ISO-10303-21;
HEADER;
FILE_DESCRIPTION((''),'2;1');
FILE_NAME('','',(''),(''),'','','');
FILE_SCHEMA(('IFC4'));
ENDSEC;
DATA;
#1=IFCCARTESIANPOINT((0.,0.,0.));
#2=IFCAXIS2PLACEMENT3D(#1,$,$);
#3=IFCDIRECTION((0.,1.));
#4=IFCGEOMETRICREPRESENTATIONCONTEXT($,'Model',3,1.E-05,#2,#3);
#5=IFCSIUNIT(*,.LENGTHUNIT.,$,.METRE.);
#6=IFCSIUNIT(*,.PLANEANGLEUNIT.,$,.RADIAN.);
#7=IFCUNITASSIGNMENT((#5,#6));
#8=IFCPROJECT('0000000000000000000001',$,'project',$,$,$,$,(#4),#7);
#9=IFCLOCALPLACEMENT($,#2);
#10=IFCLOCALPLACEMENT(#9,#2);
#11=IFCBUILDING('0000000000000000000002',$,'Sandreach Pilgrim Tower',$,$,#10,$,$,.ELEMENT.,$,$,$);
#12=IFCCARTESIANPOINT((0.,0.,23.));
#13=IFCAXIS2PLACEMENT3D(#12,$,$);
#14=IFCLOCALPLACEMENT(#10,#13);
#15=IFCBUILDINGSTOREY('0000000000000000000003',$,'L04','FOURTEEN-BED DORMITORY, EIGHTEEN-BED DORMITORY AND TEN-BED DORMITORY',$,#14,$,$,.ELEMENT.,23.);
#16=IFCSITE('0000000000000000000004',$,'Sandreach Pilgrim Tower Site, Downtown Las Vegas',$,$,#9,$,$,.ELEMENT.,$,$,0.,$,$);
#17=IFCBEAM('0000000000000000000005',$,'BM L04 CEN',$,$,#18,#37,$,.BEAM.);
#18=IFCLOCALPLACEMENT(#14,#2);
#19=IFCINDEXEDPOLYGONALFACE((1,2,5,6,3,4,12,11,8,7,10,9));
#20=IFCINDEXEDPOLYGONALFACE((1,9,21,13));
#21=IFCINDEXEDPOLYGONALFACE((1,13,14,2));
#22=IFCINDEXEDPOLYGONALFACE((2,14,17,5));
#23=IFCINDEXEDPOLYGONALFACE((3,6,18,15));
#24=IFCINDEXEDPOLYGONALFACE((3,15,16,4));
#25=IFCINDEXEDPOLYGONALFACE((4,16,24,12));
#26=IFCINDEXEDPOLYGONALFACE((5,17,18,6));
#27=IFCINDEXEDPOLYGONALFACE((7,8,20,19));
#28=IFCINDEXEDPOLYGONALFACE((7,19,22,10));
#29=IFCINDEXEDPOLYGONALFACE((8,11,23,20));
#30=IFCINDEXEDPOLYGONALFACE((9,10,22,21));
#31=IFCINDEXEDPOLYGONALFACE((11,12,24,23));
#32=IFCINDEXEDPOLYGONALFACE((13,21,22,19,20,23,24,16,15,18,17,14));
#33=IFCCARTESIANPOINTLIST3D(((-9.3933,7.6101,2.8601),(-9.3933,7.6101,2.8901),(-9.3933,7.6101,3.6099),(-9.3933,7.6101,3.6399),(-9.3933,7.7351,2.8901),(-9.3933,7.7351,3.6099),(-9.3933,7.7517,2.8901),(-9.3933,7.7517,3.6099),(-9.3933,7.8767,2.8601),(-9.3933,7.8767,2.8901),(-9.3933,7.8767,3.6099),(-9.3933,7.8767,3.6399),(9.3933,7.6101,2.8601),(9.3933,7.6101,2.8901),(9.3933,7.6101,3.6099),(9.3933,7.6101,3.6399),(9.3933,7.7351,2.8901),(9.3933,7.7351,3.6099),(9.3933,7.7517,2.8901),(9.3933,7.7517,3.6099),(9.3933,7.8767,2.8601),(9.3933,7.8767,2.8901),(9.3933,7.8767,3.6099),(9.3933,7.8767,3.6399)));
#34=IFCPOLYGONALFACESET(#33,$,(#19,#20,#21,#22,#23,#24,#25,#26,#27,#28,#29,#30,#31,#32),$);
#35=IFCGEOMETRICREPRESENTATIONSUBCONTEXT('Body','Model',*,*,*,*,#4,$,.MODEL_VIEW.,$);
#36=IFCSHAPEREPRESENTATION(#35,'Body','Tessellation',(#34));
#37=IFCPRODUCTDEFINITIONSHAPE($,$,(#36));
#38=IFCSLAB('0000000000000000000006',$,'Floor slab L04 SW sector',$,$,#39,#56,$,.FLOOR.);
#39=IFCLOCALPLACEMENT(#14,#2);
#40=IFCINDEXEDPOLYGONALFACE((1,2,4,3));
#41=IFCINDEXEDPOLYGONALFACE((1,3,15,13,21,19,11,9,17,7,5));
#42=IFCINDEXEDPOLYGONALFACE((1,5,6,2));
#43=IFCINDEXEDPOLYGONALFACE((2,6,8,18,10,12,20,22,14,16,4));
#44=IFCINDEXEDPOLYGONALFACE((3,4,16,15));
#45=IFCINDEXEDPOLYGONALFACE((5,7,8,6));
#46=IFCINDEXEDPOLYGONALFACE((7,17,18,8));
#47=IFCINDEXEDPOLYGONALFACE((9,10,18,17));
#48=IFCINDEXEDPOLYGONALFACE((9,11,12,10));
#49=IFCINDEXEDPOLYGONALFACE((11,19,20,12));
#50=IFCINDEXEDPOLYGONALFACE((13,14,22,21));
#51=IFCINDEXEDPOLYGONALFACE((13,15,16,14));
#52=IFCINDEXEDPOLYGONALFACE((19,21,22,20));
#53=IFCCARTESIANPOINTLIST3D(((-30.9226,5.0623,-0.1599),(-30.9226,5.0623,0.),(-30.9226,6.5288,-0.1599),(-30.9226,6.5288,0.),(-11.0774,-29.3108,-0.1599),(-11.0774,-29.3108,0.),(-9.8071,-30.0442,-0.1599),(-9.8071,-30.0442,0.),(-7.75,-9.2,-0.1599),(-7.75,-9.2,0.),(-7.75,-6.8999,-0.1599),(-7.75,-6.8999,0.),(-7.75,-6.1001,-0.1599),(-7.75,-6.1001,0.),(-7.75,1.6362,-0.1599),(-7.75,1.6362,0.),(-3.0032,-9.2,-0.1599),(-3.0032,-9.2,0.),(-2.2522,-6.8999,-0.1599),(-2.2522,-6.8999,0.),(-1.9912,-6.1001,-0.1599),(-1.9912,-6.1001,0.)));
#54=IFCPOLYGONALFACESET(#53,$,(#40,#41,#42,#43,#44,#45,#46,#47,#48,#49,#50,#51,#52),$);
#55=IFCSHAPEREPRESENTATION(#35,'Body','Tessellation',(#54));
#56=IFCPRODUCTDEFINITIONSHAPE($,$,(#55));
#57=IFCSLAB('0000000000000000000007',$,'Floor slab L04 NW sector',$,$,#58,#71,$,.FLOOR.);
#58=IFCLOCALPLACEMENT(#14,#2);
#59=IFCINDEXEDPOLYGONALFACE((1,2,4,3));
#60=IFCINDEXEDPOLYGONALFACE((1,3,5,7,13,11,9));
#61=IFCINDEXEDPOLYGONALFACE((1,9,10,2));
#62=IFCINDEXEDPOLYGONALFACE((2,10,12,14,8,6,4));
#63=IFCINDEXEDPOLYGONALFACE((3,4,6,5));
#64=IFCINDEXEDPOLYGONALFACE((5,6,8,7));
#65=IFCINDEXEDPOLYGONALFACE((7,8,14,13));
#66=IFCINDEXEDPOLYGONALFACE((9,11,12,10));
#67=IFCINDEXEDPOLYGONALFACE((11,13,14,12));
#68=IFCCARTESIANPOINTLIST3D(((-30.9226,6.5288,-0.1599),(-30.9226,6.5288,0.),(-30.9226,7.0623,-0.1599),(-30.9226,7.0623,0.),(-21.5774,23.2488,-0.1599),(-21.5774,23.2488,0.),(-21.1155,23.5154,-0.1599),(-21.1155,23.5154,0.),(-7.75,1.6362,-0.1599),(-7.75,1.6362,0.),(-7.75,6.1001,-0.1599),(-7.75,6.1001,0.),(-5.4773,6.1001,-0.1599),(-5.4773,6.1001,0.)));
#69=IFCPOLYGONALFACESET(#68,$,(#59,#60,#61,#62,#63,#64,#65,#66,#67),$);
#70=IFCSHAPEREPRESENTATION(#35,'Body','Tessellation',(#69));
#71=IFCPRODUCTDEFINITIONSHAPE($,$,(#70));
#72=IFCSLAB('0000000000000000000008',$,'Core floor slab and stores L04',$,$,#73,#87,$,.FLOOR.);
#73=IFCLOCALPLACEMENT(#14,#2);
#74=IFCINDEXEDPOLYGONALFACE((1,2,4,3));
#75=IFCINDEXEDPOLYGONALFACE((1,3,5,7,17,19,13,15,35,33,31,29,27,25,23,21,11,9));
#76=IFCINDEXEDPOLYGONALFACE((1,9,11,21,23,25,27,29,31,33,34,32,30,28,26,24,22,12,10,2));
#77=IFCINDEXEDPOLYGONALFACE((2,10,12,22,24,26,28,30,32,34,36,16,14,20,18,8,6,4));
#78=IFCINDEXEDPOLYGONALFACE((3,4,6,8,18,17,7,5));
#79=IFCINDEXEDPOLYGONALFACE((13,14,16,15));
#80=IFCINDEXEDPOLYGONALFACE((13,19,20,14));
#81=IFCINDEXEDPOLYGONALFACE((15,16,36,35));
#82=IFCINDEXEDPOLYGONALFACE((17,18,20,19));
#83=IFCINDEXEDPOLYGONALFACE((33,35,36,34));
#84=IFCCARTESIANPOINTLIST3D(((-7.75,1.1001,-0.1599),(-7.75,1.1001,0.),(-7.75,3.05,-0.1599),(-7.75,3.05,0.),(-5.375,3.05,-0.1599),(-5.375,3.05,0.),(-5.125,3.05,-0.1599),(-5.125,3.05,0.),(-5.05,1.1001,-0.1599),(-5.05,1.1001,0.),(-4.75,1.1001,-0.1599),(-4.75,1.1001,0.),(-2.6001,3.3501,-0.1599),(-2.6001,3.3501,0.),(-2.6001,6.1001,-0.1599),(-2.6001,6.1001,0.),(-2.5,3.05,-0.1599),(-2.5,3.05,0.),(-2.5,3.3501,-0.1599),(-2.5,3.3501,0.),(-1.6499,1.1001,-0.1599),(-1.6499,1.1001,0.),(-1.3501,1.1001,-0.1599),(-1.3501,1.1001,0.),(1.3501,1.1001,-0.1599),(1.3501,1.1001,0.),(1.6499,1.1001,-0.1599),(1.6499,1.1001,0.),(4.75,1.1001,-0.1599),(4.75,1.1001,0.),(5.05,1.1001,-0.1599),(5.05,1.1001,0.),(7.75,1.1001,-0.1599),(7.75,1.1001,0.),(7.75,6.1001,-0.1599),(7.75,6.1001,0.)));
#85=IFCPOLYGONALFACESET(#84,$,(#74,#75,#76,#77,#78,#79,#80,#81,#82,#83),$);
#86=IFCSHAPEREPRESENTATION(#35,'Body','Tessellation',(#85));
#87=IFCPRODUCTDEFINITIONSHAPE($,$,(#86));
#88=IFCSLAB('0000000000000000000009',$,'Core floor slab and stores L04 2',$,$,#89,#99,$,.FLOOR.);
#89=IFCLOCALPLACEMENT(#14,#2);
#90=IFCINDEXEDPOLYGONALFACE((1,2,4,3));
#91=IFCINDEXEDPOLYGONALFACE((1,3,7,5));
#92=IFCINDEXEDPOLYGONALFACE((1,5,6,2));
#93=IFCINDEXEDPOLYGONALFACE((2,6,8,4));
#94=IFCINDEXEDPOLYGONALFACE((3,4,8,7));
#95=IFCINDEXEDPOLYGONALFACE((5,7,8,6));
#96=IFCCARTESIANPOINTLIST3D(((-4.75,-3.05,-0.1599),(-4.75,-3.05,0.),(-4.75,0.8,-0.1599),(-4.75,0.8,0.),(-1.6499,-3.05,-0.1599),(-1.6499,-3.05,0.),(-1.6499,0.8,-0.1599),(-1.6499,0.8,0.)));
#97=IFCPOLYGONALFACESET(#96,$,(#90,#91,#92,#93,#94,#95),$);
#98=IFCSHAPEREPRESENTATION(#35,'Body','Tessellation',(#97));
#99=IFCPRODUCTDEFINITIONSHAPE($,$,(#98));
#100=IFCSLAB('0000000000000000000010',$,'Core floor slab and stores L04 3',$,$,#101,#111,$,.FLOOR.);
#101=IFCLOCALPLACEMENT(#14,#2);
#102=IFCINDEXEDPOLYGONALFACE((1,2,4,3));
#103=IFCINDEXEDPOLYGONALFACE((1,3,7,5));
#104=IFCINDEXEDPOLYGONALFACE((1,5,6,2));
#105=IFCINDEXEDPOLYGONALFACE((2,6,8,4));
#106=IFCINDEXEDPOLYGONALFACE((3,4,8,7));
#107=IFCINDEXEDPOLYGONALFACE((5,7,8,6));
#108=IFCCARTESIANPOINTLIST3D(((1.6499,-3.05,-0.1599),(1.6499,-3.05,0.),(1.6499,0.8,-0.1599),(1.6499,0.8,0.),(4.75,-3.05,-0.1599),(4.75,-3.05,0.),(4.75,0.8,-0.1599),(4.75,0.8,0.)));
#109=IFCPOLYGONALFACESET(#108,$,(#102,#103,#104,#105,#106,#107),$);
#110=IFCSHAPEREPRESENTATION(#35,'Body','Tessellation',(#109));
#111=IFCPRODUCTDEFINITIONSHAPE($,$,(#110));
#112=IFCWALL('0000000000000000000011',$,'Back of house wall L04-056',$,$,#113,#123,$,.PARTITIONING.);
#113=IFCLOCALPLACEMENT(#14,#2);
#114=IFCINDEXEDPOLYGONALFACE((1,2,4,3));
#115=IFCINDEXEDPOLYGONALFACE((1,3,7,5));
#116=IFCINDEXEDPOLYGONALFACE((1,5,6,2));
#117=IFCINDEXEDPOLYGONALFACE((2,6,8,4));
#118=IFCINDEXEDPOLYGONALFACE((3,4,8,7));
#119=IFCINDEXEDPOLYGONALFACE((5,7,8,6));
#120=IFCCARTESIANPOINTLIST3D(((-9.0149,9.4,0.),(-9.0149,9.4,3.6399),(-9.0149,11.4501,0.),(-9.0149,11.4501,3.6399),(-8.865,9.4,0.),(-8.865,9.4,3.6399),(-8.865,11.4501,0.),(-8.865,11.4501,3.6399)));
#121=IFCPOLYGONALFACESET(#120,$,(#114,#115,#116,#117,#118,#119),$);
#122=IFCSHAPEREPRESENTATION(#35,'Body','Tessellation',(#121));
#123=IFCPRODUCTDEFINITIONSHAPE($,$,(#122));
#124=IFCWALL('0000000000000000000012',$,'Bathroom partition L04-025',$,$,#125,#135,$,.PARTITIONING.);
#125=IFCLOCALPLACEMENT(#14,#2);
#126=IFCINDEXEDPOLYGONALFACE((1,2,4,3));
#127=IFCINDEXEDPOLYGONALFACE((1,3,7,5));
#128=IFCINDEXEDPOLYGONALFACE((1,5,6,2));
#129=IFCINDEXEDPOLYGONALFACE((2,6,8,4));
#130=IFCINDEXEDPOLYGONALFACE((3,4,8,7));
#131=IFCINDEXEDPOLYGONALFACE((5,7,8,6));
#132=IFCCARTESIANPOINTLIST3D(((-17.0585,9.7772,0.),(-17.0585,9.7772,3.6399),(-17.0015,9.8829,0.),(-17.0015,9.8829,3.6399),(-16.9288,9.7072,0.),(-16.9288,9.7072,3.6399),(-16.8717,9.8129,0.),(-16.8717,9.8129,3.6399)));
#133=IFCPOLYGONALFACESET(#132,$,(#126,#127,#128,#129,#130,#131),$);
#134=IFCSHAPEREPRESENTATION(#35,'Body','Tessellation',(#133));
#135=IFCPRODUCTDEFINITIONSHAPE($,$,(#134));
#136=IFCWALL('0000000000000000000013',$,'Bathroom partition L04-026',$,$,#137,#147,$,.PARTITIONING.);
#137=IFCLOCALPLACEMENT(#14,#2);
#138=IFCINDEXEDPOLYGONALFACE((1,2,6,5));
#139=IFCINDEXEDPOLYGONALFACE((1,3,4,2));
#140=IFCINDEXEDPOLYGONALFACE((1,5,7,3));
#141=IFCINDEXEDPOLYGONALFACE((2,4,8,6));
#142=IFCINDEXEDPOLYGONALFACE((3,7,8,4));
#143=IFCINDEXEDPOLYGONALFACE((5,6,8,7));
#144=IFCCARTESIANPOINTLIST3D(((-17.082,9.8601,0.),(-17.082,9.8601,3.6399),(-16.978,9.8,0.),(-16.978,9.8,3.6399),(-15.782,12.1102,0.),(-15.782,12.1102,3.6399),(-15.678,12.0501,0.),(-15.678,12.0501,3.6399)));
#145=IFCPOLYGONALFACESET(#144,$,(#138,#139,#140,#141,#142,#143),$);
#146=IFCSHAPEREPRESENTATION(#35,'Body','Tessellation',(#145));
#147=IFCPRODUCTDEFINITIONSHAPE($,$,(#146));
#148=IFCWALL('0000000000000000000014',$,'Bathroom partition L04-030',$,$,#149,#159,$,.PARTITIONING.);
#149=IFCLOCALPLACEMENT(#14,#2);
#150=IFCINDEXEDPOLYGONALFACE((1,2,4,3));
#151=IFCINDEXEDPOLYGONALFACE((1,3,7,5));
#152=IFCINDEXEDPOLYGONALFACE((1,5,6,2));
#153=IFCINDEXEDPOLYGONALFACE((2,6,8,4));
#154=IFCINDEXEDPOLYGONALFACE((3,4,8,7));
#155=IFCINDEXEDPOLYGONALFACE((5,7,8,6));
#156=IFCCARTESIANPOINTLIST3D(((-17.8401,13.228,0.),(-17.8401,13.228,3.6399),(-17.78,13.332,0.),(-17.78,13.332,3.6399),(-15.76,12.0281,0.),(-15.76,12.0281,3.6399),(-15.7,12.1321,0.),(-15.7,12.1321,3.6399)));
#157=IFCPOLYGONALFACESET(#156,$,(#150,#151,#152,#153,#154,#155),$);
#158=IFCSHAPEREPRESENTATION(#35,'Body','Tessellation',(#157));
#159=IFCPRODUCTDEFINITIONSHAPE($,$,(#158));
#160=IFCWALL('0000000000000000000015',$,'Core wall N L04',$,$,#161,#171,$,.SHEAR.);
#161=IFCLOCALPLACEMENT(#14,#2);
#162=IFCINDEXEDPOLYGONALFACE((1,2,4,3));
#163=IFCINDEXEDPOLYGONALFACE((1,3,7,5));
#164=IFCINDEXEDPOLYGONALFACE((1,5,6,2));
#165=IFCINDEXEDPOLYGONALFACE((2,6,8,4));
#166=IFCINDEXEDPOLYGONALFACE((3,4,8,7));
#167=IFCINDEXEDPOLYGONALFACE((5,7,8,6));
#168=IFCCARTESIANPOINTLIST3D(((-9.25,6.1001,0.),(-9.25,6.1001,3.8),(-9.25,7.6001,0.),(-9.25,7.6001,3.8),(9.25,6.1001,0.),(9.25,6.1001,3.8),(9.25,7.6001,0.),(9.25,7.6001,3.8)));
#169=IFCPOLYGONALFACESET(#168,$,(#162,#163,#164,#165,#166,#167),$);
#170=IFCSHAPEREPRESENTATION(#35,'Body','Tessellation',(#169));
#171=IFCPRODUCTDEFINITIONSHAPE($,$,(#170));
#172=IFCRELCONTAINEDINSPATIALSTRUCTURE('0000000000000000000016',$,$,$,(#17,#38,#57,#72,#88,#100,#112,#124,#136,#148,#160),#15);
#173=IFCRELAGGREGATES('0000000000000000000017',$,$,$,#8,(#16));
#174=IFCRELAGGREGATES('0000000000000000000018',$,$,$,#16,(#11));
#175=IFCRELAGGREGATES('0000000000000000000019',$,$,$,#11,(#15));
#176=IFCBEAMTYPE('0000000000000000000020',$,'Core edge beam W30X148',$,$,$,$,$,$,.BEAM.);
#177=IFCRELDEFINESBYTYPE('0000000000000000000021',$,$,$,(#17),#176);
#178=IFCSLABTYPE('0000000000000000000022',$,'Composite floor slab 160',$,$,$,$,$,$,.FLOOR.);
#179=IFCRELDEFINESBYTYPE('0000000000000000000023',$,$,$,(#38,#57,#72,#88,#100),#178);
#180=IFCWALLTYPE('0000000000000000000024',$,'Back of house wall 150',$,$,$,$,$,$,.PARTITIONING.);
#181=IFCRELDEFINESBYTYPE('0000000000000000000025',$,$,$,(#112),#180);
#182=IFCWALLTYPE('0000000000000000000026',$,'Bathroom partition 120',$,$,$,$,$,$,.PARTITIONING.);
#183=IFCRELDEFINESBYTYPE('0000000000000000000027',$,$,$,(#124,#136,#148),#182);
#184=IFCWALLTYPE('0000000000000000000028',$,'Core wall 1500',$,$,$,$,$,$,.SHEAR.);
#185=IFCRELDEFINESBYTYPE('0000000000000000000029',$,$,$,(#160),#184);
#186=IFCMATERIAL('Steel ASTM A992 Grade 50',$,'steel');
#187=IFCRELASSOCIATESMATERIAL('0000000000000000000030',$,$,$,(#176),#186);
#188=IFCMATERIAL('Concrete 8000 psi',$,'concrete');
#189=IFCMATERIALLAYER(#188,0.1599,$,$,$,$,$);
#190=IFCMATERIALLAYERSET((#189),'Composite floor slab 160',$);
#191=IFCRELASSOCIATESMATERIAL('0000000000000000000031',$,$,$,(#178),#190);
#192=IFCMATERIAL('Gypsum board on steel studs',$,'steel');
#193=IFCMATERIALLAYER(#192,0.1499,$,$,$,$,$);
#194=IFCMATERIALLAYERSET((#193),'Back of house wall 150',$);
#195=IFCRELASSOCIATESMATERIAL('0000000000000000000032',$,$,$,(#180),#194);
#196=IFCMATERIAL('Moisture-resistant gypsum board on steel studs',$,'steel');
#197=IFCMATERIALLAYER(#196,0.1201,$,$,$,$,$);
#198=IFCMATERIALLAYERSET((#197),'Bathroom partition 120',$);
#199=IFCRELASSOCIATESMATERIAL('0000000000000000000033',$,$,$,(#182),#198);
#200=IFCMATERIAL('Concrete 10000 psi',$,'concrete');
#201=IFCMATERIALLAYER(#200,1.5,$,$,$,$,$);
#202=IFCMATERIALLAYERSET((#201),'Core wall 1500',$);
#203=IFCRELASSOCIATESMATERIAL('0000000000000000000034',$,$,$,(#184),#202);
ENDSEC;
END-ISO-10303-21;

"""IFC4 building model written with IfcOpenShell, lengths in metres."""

from ifc_helpers import new_model, si_unit, direction, frame, frame_2d, origin, origin_2d, place, context, subcontext, project, spatial, polyline, rectangle, i_section, outline, extrude, material, layer, layer_set, material_profile, profile_set, type_object, element, save


model = new_model("IFC4")

# Units and contexts
model_context = context("Model", 3, precision=1e-05, world=origin(), true_north=direction((0.0, 1.0)))
body_context = subcontext(model_context, "Body", "Model", "MODEL_VIEW")
ifc_project = project(units=[si_unit("LENGTHUNIT", "METRE"), si_unit("PLANEANGLEUNIT", "RADIAN")], contexts=[model_context])

# Site, building, storey
site_placement = place(None, origin())
site = spatial("IfcSite", under=ifc_project, at=site_placement, Name="Sandreach Pilgrim Tower Site, Downtown Las Vegas", CompositionType="ELEMENT", RefElevation=0.0)
building_placement = place(site_placement, origin())
building = spatial("IfcBuilding", under=site, at=building_placement, Name="Sandreach Pilgrim Tower", CompositionType="ELEMENT")
storey_placement = place(building_placement, frame((0.0, 0.0, 23.0)))
storey = spatial("IfcBuildingStorey", under=building, at=storey_placement, Name="L04", Description="FOURTEEN-BED DORMITORY, EIGHTEEN-BED DORMITORY AND TEN-BED DORMITORY", CompositionType="ELEMENT", Elevation=23.0)

# Beam
ifc_material_1 = material(Name="Steel ASTM A992 Grade 50", Category="steel")
ifc_material_profile = material_profile(ifc_material_1, i_section(OverallWidth=0.2666, OverallDepth=0.7798, WebThickness=0.0166, FlangeThickness=0.03, at=origin_2d()), Name="W30X148")
ifc_profile_set = profile_set([ifc_material_profile], Name="Steel ASTM A992 Grade 50")
beam_type = type_object("IfcBeamType", Name="Core edge beam W30X148", PredefinedType="BEAM", material=ifc_profile_set)
beam_placement = place(storey_placement, frame((-9.3933, 7.7434, 3.25), z_axis=(1.0, 0.0, 0.0), x_axis=(0.0, 1.0, 0.0)))
element("IfcBeam", 1, at=beam_placement, inside=storey, type_object=beam_type, Name="BM L04 CEN", PredefinedType="BEAM", context=body_context, shape_type="SweptSolid", body=[
    extrude(i_section(OverallWidth=0.2666, OverallDepth=0.7798, WebThickness=0.0166, FlangeThickness=0.03, at=origin_2d()), origin(), (0.0, 0.0, 1.0), 18.7866),
])

# Slabs
ifc_material_2 = material(Name="Concrete 8000 psi", Category="concrete")
ifc_layer_1 = layer(ifc_material_2, 0.1599)
ifc_layer_set_1 = layer_set([ifc_layer_1], Name="Composite floor slab 160")
slab_type = type_object("IfcSlabType", Name="Composite floor slab 160", PredefinedType="FLOOR", material=ifc_layer_set_1)
slab_1_placement = place(storey_placement, frame((0.0, 0.0, -0.1599)))
element("IfcSlab", 2, at=slab_1_placement, inside=storey, type_object=slab_type, Name="Floor slab L04 SW sector", PredefinedType="FLOOR", context=body_context, shape_type="SweptSolid", body=[
    extrude(outline(polyline([(-11.0774, -29.3108), (-30.9226, 5.0623), (-30.9226, 6.5288), (-7.75, 1.6362), (-7.75, -6.1001), (-1.9912, -6.1001), (-2.2522, -6.8999), (-7.75, -6.8999), (-7.75, -9.2), (-3.0032, -9.2), (-9.8071, -30.0442), (-11.0774, -29.3108)])), origin(), (0.0, 0.0, 1.0), 0.1599),
])
slab_2_placement = place(storey_placement, frame((0.0, 0.0, -0.1599)))
element("IfcSlab", 3, at=slab_2_placement, inside=storey, type_object=slab_type, Name="Floor slab L04 NW sector", PredefinedType="FLOOR", context=body_context, shape_type="SweptSolid", body=[
    extrude(outline(polyline([(-30.9226, 7.0623), (-21.5774, 23.2488), (-21.1155, 23.5154), (-5.4773, 6.1001), (-7.75, 6.1001), (-7.75, 1.6362), (-30.9226, 6.5288), (-30.9226, 7.0623)])), origin(), (0.0, 0.0, 1.0), 0.1599),
])
slab_3_placement = place(storey_placement, frame((0.0, 0.0, -0.1599)))
element("IfcSlab", 4, at=slab_3_placement, inside=storey, type_object=slab_type, Name="Core floor slab and stores L04", PredefinedType="FLOOR", context=body_context, shape_type="SweptSolid", body=[
    extrude(outline(polyline([(-7.75, 3.05), (-5.375, 3.05), (-5.125, 3.05), (-2.5, 3.05), (-2.5, 3.3501), (-2.6001, 3.3501), (-2.6001, 6.1001), (7.75, 6.1001), (7.75, 1.1001), (5.05, 1.1001), (4.75, 1.1001), (1.6499, 1.1001), (1.3501, 1.1001), (-1.3501, 1.1001), (-1.6499, 1.1001), (-4.75, 1.1001), (-5.05, 1.1001), (-7.75, 1.1001), (-7.75, 3.05)])), origin(), (0.0, 0.0, 1.0), 0.1599),
])
slab_4_placement = place(storey_placement, frame((0.0, 0.0, -0.1599)))
element("IfcSlab", 5, at=slab_4_placement, inside=storey, type_object=slab_type, Name="Core floor slab and stores L04 2", PredefinedType="FLOOR", context=body_context, shape_type="SweptSolid", body=[
    extrude(outline(polyline([(-1.6499, -3.05), (-4.75, -3.05), (-4.75, 0.8), (-1.6499, 0.8), (-1.6499, -3.05)])), origin(), (0.0, 0.0, 1.0), 0.1599),
])
slab_5_placement = place(storey_placement, frame((0.0, 0.0, -0.1599)))
element("IfcSlab", 6, at=slab_5_placement, inside=storey, type_object=slab_type, Name="Core floor slab and stores L04 3", PredefinedType="FLOOR", context=body_context, shape_type="SweptSolid", body=[
    extrude(outline(polyline([(4.75, -3.05), (1.6499, -3.05), (1.6499, 0.8), (4.75, 0.8), (4.75, -3.05)])), origin(), (0.0, 0.0, 1.0), 0.1599),
])

# Walls
ifc_material_3 = material(Name="Gypsum board on steel studs", Category="steel")
ifc_layer_2 = layer(ifc_material_3, 0.1499)
ifc_layer_set_2 = layer_set([ifc_layer_2], Name="Back of house wall 150")
wall_type_1 = type_object("IfcWallType", Name="Back of house wall 150", PredefinedType="PARTITIONING", material=ifc_layer_set_2)
wall_1_placement = place(storey_placement, frame((-8.9399, 11.45, 0.0), z_axis=(0.0, 0.0, 1.0), x_axis=(0.0, -1.0, 0.0)))
element("IfcWall", 7, at=wall_1_placement, inside=storey, type_object=wall_type_1, Name="Back of house wall L04-056", PredefinedType="PARTITIONING", context=body_context, shape_type="SweptSolid", body=[
    extrude(rectangle(XDim=2.05, YDim=0.1499, at=frame_2d((1.0249, 0.0))), origin(), (0.0, 0.0, 1.0), 3.6399),
])
ifc_material_4 = material(Name="Moisture-resistant gypsum board on steel studs", Category="steel")
ifc_layer_3 = layer(ifc_material_4, 0.1201)
ifc_layer_set_3 = layer_set([ifc_layer_3], Name="Bathroom partition 120")
wall_type_2 = type_object("IfcWallType", Name="Bathroom partition 120", PredefinedType="PARTITIONING", material=ifc_layer_set_3)
wall_2_placement = place(storey_placement, frame((-17.03, 9.8301, 0.0), z_axis=(0.0, 0.0, 1.0), x_axis=(0.880099, -0.47479, 0.0)))
element("IfcWall", 8, at=wall_2_placement, inside=storey, type_object=wall_type_2, Name="Bathroom partition L04-025", PredefinedType="PARTITIONING", context=body_context, shape_type="SweptSolid", body=[
    extrude(rectangle(XDim=0.1475, YDim=0.1201, at=frame_2d((0.0737, 0.0))), origin(), (0.0, 0.0, 1.0), 3.6399),
])
wall_3_placement = place(storey_placement, frame((-17.03, 9.8301, 0.0), z_axis=(0.0, 0.0, 1.0), x_axis=(0.500292, 0.865857, 0.0)))
element("IfcWall", 9, at=wall_3_placement, inside=storey, type_object=wall_type_2, Name="Bathroom partition L04-026", PredefinedType="PARTITIONING", context=body_context, shape_type="SweptSolid", body=[
    extrude(rectangle(XDim=2.5986, YDim=0.1201, at=frame_2d((1.2993, 0.0))), origin(), (0.0, 0.0, 1.0), 3.6399),
])
wall_4_placement = place(storey_placement, frame((-15.73, 12.0801, 0.0), z_axis=(0.0, 0.0, 1.0), x_axis=(-0.866203, 0.499693, 0.0)))
element("IfcWall", 10, at=wall_4_placement, inside=storey, type_object=wall_type_2, Name="Bathroom partition L04-030", PredefinedType="PARTITIONING", context=body_context, shape_type="SweptSolid", body=[
    extrude(rectangle(XDim=2.4014, YDim=0.1201, at=frame_2d((1.2007, 0.0))), origin(), (0.0, 0.0, 1.0), 3.6399),
])

# Wall
ifc_material_5 = material(Name="Concrete 10000 psi", Category="concrete")
ifc_layer_4 = layer(ifc_material_5, 1.5)
ifc_layer_set_4 = layer_set([ifc_layer_4], Name="Core wall 1500")
wall_type_3 = type_object("IfcWallType", Name="Core wall 1500", PredefinedType="SHEAR", material=ifc_layer_set_4)
wall_5_placement = place(storey_placement, frame((-9.25, 6.8501, 0.0), z_axis=(0.0, 0.0, 1.0), x_axis=(1.0, 0.0, 0.0)))
element("IfcWall", 11, at=wall_5_placement, inside=storey, type_object=wall_type_3, Name="Core wall N L04", PredefinedType="SHEAR", context=body_context, shape_type="SweptSolid", body=[
    extrude(rectangle(XDim=18.5, YDim=1.5, at=frame_2d((9.25, 0.0))), origin(), (0.0, 0.0, 1.0), 3.8),
])

save(model, "model.ifc")
